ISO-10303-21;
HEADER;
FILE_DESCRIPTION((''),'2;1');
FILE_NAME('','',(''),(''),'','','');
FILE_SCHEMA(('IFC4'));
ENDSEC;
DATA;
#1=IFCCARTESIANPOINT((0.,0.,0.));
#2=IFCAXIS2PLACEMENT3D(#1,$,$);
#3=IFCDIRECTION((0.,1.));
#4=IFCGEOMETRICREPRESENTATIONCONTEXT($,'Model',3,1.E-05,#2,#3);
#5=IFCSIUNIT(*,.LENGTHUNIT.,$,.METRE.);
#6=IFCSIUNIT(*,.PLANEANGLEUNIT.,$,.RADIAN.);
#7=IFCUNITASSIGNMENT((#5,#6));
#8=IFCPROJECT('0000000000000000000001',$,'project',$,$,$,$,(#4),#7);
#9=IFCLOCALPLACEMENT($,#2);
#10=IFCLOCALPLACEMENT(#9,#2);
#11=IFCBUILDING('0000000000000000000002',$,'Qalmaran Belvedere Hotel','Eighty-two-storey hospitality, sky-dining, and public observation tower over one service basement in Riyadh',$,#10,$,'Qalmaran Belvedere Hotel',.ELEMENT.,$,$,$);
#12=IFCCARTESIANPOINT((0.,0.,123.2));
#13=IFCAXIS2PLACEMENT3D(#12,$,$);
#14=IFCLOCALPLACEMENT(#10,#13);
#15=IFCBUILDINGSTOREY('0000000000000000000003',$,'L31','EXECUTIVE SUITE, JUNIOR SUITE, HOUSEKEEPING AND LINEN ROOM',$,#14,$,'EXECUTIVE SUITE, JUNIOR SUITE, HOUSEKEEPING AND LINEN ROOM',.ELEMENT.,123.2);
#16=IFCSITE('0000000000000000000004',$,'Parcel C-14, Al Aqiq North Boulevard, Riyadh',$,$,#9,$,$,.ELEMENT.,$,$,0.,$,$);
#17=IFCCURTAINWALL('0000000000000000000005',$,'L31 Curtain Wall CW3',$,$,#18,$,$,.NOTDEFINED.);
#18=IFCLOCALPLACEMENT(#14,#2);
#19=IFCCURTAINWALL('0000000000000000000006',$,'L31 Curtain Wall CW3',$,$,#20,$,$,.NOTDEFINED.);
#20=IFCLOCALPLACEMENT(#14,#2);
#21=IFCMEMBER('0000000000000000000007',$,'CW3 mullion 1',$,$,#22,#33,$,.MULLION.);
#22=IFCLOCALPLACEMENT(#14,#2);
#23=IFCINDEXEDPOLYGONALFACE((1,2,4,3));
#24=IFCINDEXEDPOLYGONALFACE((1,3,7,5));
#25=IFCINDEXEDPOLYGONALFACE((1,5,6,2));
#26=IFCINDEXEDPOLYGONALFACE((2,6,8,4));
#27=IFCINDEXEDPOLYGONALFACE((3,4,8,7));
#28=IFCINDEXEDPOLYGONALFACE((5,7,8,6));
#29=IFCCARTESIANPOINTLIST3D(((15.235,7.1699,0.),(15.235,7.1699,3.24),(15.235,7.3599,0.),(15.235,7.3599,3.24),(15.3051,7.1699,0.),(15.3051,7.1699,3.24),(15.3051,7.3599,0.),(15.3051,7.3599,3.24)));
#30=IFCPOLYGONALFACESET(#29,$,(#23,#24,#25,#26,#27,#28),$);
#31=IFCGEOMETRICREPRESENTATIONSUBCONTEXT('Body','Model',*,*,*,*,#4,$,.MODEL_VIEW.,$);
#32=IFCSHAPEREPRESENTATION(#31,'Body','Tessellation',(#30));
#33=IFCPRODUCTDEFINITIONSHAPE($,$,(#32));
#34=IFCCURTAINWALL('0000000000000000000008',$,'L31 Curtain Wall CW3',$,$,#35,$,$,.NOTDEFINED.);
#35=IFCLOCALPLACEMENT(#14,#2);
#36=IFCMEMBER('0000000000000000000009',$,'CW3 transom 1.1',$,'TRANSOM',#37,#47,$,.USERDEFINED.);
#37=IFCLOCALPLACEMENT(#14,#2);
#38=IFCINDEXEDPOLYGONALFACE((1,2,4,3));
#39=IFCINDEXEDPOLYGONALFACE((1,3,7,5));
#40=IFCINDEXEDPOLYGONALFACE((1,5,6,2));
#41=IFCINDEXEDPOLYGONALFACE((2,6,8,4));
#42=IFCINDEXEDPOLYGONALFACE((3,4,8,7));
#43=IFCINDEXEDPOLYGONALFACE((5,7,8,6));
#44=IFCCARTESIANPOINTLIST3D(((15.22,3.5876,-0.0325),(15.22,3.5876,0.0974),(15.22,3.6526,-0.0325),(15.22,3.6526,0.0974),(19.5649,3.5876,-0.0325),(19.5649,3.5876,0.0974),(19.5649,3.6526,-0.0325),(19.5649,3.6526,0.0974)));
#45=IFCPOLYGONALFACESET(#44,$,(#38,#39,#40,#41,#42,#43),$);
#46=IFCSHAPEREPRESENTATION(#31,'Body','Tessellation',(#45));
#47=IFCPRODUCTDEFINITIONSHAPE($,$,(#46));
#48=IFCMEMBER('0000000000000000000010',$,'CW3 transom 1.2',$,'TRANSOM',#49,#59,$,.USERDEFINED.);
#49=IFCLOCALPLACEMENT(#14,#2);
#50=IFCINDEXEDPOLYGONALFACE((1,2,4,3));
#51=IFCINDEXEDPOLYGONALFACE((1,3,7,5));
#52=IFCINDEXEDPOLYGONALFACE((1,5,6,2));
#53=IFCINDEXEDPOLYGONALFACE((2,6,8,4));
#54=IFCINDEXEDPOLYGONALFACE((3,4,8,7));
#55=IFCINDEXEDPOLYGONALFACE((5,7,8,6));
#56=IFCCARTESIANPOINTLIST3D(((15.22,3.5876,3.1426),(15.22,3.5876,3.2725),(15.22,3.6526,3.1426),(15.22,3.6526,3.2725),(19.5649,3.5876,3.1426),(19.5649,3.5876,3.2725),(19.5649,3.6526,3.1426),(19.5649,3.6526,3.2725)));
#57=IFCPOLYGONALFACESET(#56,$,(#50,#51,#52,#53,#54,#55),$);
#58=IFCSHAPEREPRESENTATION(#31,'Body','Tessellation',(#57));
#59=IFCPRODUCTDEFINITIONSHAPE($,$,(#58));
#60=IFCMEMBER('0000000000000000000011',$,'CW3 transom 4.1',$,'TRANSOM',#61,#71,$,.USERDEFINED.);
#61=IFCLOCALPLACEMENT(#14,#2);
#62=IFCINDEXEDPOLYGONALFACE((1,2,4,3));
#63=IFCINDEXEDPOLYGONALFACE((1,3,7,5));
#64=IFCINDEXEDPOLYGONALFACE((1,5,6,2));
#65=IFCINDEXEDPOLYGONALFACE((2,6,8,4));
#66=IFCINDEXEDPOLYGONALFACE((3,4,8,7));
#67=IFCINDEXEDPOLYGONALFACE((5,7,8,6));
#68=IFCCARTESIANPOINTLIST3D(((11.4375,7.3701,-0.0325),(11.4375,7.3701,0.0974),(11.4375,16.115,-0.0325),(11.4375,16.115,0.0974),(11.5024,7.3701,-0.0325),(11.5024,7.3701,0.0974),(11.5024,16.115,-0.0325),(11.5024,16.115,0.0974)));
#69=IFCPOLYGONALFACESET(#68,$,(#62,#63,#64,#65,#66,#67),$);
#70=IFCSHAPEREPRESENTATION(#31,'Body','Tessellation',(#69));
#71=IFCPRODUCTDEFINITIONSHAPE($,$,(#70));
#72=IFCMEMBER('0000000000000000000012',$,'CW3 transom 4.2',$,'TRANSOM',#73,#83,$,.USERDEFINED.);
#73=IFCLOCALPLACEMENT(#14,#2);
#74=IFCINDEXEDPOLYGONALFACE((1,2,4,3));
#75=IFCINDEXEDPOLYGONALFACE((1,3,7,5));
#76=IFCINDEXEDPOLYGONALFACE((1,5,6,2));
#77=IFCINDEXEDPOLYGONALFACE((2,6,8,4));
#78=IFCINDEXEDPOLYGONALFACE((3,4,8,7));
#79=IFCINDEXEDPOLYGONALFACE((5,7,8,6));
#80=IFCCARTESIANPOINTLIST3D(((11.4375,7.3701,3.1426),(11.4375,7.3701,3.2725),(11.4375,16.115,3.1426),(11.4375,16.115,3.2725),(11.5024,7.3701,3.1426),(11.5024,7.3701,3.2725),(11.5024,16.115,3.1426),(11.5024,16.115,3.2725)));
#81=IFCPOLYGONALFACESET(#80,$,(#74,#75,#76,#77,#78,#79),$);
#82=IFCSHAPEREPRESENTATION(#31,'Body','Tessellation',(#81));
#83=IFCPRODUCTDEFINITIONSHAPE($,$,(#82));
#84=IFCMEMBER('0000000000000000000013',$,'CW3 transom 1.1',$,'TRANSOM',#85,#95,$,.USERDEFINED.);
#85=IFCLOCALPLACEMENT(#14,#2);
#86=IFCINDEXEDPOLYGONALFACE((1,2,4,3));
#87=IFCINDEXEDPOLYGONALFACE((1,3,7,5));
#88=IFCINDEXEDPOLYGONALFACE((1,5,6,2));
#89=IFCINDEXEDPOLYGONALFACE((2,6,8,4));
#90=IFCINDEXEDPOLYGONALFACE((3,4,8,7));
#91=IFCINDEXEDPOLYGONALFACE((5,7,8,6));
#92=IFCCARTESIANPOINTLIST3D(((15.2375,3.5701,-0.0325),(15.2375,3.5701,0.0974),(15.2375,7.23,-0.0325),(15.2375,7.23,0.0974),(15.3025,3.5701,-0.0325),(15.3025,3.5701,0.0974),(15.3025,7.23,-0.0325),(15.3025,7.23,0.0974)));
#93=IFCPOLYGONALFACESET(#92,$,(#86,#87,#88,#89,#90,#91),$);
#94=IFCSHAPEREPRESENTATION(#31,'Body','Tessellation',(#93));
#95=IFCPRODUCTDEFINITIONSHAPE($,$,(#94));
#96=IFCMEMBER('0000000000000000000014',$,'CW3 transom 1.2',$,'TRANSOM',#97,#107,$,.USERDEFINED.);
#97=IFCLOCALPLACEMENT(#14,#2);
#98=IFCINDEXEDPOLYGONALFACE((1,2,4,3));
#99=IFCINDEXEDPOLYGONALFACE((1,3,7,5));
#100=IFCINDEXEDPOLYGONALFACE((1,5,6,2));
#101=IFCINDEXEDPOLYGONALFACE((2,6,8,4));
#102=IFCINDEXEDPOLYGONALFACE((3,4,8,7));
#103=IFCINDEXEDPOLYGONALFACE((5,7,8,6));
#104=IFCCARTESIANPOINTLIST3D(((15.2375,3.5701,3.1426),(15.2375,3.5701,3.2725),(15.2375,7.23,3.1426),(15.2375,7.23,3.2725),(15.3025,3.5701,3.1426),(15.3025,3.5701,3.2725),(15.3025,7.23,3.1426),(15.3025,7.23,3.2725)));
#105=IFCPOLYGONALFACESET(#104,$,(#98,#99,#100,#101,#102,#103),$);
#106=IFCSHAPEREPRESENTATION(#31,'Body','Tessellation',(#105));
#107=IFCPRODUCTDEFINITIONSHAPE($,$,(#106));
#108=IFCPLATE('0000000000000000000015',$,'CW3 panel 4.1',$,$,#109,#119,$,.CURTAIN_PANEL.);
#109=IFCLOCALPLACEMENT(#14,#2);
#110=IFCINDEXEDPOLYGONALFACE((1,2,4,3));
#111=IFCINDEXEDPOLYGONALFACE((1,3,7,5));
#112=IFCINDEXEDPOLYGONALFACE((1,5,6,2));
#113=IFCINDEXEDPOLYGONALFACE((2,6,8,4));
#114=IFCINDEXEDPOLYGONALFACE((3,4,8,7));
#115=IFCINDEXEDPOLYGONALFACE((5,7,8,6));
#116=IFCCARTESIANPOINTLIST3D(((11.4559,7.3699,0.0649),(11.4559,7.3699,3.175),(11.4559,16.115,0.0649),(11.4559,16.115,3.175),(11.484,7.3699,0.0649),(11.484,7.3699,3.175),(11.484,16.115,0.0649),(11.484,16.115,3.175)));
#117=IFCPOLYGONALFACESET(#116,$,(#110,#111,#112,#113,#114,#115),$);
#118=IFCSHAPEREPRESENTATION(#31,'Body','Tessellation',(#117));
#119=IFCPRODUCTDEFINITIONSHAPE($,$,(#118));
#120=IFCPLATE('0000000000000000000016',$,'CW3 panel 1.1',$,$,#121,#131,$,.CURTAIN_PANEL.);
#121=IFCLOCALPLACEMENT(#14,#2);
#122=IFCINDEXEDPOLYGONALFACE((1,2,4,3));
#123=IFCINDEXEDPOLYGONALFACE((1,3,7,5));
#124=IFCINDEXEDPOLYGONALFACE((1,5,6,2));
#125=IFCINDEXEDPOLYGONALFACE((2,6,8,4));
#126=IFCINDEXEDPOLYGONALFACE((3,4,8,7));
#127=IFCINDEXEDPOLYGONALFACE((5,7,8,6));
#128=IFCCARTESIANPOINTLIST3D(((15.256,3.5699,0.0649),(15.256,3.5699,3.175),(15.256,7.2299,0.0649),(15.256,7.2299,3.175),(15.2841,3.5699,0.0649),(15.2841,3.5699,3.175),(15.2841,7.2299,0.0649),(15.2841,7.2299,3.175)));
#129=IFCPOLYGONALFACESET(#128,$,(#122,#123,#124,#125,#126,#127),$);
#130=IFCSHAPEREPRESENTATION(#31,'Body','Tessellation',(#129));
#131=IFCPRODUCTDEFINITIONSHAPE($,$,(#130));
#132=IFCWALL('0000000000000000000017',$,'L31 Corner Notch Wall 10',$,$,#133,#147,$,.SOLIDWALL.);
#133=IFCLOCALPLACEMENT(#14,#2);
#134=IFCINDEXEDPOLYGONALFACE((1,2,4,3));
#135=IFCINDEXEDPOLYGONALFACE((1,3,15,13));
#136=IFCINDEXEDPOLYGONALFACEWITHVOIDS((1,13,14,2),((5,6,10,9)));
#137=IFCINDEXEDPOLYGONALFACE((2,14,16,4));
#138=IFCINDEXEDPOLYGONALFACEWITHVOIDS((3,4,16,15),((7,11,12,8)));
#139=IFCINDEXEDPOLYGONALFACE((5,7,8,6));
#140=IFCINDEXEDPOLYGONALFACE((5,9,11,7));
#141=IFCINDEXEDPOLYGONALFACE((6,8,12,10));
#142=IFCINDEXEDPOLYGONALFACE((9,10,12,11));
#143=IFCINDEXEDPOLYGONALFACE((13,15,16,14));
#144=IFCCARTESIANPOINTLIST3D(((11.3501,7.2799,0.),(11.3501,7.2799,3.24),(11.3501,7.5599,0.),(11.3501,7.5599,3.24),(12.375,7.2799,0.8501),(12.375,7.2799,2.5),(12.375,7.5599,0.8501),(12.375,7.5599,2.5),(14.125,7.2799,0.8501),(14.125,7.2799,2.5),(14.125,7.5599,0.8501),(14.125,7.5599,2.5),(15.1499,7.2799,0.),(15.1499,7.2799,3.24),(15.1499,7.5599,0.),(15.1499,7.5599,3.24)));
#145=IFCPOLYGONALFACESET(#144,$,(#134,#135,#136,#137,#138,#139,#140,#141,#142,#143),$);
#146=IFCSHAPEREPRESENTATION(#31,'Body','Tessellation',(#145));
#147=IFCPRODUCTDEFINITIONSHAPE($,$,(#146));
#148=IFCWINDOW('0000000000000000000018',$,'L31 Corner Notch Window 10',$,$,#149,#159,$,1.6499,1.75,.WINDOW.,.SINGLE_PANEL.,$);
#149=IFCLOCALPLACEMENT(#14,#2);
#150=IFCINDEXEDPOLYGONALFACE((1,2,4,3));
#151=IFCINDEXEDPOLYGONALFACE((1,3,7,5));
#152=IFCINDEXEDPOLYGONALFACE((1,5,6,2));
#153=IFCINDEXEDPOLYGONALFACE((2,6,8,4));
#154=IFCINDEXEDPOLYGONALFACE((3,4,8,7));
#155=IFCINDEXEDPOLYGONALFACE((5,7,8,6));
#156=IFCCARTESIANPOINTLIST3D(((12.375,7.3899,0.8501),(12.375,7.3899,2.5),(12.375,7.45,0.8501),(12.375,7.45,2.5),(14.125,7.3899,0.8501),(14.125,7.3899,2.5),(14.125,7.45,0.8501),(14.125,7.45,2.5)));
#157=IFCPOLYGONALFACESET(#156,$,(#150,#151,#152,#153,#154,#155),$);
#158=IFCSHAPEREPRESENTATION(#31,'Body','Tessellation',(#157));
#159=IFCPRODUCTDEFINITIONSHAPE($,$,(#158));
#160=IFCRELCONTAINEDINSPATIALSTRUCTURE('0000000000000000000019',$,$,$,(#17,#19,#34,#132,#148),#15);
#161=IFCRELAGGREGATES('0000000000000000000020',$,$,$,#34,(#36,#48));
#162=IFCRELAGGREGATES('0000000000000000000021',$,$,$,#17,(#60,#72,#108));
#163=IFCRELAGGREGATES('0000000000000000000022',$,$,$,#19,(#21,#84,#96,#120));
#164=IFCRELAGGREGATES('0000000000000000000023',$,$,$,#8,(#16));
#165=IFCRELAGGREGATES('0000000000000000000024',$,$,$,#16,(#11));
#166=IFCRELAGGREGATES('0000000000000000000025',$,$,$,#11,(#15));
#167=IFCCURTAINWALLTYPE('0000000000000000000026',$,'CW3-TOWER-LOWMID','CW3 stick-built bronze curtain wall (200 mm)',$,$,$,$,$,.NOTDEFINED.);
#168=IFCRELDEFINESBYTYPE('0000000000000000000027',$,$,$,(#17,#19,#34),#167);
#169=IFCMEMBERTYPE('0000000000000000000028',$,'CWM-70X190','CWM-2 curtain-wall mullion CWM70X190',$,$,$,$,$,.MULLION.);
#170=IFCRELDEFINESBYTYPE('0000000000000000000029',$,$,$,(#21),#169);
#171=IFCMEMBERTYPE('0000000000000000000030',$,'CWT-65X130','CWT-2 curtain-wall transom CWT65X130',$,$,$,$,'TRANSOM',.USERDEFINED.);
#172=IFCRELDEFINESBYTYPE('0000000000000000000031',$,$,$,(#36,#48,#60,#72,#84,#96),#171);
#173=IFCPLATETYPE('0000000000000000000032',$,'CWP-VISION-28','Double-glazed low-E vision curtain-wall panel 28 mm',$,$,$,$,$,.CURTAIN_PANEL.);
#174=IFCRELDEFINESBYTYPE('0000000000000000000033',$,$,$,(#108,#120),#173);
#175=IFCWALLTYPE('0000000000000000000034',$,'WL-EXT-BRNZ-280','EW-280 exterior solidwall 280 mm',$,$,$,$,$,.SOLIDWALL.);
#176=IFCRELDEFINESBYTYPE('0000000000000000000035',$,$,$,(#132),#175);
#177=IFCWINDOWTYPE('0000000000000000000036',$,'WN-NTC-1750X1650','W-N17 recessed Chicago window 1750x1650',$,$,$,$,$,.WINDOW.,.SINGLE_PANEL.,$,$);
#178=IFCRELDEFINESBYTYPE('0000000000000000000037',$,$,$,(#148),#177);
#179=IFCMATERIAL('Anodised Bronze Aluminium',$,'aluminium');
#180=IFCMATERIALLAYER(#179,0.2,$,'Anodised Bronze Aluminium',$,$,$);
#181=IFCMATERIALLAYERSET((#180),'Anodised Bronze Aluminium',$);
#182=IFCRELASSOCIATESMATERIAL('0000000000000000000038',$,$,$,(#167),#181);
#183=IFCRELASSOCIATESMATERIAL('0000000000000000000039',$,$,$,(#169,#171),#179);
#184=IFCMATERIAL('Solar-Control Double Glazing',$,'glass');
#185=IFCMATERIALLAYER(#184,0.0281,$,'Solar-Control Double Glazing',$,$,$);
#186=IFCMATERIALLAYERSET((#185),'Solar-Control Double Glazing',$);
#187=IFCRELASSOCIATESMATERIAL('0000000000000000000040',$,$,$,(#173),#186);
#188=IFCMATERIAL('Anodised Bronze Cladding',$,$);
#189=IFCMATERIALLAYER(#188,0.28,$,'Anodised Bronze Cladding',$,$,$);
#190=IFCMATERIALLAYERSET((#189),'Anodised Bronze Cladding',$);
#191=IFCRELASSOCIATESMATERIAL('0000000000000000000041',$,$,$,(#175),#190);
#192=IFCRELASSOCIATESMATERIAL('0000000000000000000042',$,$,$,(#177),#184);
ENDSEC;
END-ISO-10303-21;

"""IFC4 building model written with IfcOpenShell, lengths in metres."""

from ifc_helpers import new_model, si_unit, direction, frame, frame_2d, origin, origin_2d, place, context, subcontext, project, spatial, rectangle, extrude, material, layer, layer_set, material_profile, profile_set, type_object, element, fill, aggregate, save


model = new_model("IFC4")

# Units and contexts
model_context = context("Model", 3, precision=1e-05, world=origin(), true_north=direction((0.0, 1.0)))
body_context = subcontext(model_context, "Body", "Model", "MODEL_VIEW")
ifc_project = project(units=[si_unit("LENGTHUNIT", "METRE"), si_unit("PLANEANGLEUNIT", "RADIAN")], contexts=[model_context])

# Site, building, storey
site_placement = place(None, origin())
site = spatial("IfcSite", under=ifc_project, at=site_placement, Name="Parcel C-14, Al Aqiq North Boulevard, Riyadh", CompositionType="ELEMENT", RefElevation=0.0)
building_placement = place(site_placement, origin())
building = spatial("IfcBuilding", under=site, at=building_placement, Name="Qalmaran Belvedere Hotel", Description="Eighty-two-storey hospitality, sky-dining, and public observation tower over one service basement in Riyadh", LongName="Qalmaran Belvedere Hotel", CompositionType="ELEMENT")
storey_placement = place(building_placement, frame((0.0, 0.0, 123.2)))
storey = spatial("IfcBuildingStorey", under=building, at=storey_placement, Name="L31", Description="EXECUTIVE SUITE, JUNIOR SUITE, HOUSEKEEPING AND LINEN ROOM", LongName="EXECUTIVE SUITE, JUNIOR SUITE, HOUSEKEEPING AND LINEN ROOM", CompositionType="ELEMENT", Elevation=123.2)

# Curtain wall
ifc_material_1 = material(Name="Anodised Bronze Aluminium", Category="aluminium")
ifc_layer_1 = layer(ifc_material_1, 0.2, Name="Anodised Bronze Aluminium")
ifc_layer_set_1 = layer_set([ifc_layer_1], Name="Anodised Bronze Aluminium")
curtain_wall_type = type_object("IfcCurtainWallType", Name="CW3-TOWER-LOWMID", Description="CW3 stick-built bronze curtain wall (200 mm)", PredefinedType="NOTDEFINED", material=ifc_layer_set_1)
curtain_wall_1_placement = place(storey_placement, origin())
curtain_wall_1 = element("IfcCurtainWall", 1, at=curtain_wall_1_placement, inside=storey, type_object=curtain_wall_type, Name="L31 Curtain Wall CW3", PredefinedType="NOTDEFINED")
ifc_material_profile_1 = material_profile(ifc_material_1, rectangle(XDim=0.0701, YDim=0.1899, at=origin_2d()), Name="CWM70X190")
ifc_profile_set_1 = profile_set([ifc_material_profile_1], Name="Anodised Bronze Aluminium")
member_type_1 = type_object("IfcMemberType", Name="CWM-70X190", Description="CWM-2 curtain-wall mullion CWM70X190", PredefinedType="MULLION", material=ifc_profile_set_1)

# Curtain wall, member
curtain_wall_2_placement = place(storey_placement, origin())
curtain_wall_2 = element("IfcCurtainWall", 2, at=curtain_wall_2_placement, inside=storey, type_object=curtain_wall_type, Name="L31 Curtain Wall CW3", PredefinedType="NOTDEFINED")
member_1_placement = place(storey_placement, frame((15.27, 7.2649, 0.0), z_axis=(0.0, 0.0, 1.0), x_axis=(1.0, 0.0, 0.0)))
member_1 = element("IfcMember", 3, at=member_1_placement, type_object=member_type_1, Name="CW3 mullion 1", PredefinedType="MULLION", context=body_context, shape_type="SweptSolid", body=[
    extrude(rectangle(XDim=0.0701, YDim=0.1899, at=origin_2d()), origin(), (0.0, 0.0, 1.0), 3.24),
])

# Curtain wall, members
curtain_wall_3_placement = place(storey_placement, origin())
curtain_wall_3 = element("IfcCurtainWall", 4, at=curtain_wall_3_placement, inside=storey, type_object=curtain_wall_type, Name="L31 Curtain Wall CW3", PredefinedType="NOTDEFINED")
ifc_material_profile_2 = material_profile(ifc_material_1, rectangle(XDim=0.0649, YDim=0.1299, at=origin_2d()), Name="CWT65X130")
ifc_profile_set_2 = profile_set([ifc_material_profile_2], Name="Anodised Bronze Aluminium")
member_type_2 = type_object("IfcMemberType", Name="CWT-65X130", Description="CWT-2 curtain-wall transom CWT65X130", ElementType="TRANSOM", PredefinedType="USERDEFINED", material=ifc_profile_set_2)
member_2_placement = place(storey_placement, frame((15.22, 3.6201, 0.0325), z_axis=(1.0, 0.0, 0.0), x_axis=(0.0, 1.0, 0.0)))
member_2 = element("IfcMember", 5, at=member_2_placement, type_object=member_type_2, Name="CW3 transom 1.1", ObjectType="TRANSOM", PredefinedType="USERDEFINED", context=body_context, shape_type="SweptSolid", body=[
    extrude(rectangle(XDim=0.0649, YDim=0.1299, at=origin_2d()), origin(), (0.0, 0.0, 1.0), 4.345),
])
member_3_placement = place(storey_placement, frame((15.22, 3.6201, 3.2075), z_axis=(1.0, 0.0, 0.0), x_axis=(0.0, 1.0, 0.0)))
member_3 = element("IfcMember", 6, at=member_3_placement, type_object=member_type_2, Name="CW3 transom 1.2", ObjectType="TRANSOM", PredefinedType="USERDEFINED", context=body_context, shape_type="SweptSolid", body=[
    extrude(rectangle(XDim=0.0649, YDim=0.1299, at=origin_2d()), origin(), (0.0, 0.0, 1.0), 4.345),
])
aggregate(curtain_wall_3, [member_2, member_3])

# Members
member_4_placement = place(storey_placement, frame((11.47, 16.115, 0.0325), z_axis=(0.0, -1.0, 0.0), x_axis=(1.0, 0.0, 0.0)))
member_4 = element("IfcMember", 7, at=member_4_placement, type_object=member_type_2, Name="CW3 transom 4.1", ObjectType="TRANSOM", PredefinedType="USERDEFINED", context=body_context, shape_type="SweptSolid", body=[
    extrude(rectangle(XDim=0.0649, YDim=0.1299, at=origin_2d()), origin(), (0.0, 0.0, 1.0), 8.7449),
])
member_5_placement = place(storey_placement, frame((11.47, 16.115, 3.2075), z_axis=(0.0, -1.0, 0.0), x_axis=(1.0, 0.0, 0.0)))
member_5 = element("IfcMember", 8, at=member_5_placement, type_object=member_type_2, Name="CW3 transom 4.2", ObjectType="TRANSOM", PredefinedType="USERDEFINED", context=body_context, shape_type="SweptSolid", body=[
    extrude(rectangle(XDim=0.0649, YDim=0.1299, at=origin_2d()), origin(), (0.0, 0.0, 1.0), 8.7449),
])
member_6_placement = place(storey_placement, frame((15.27, 7.23, 0.0325), z_axis=(0.0, -1.0, 0.0), x_axis=(1.0, 0.0, 0.0)))
member_6 = element("IfcMember", 9, at=member_6_placement, type_object=member_type_2, Name="CW3 transom 1.1", ObjectType="TRANSOM", PredefinedType="USERDEFINED", context=body_context, shape_type="SweptSolid", body=[
    extrude(rectangle(XDim=0.0649, YDim=0.1299, at=origin_2d()), origin(), (0.0, 0.0, 1.0), 3.6599),
])
member_7_placement = place(storey_placement, frame((15.27, 7.23, 3.2075), z_axis=(0.0, -1.0, 0.0), x_axis=(1.0, 0.0, 0.0)))
member_7 = element("IfcMember", 10, at=member_7_placement, type_object=member_type_2, Name="CW3 transom 1.2", ObjectType="TRANSOM", PredefinedType="USERDEFINED", context=body_context, shape_type="SweptSolid", body=[
    extrude(rectangle(XDim=0.0649, YDim=0.1299, at=origin_2d()), origin(), (0.0, 0.0, 1.0), 3.6599),
])

# Plates
ifc_material_2 = material(Name="Solar-Control Double Glazing", Category="glass")
ifc_layer_2 = layer(ifc_material_2, 0.0281, Name="Solar-Control Double Glazing")
ifc_layer_set_2 = layer_set([ifc_layer_2], Name="Solar-Control Double Glazing")
plate_type = type_object("IfcPlateType", Name="CWP-VISION-28", Description="Double-glazed low-E vision curtain-wall panel 28 mm", PredefinedType="CURTAIN_PANEL", material=ifc_layer_set_2)
plate_1_placement = place(storey_placement, frame((11.47, 11.7424, 0.0649), z_axis=(0.0, 0.0, 1.0), x_axis=(0.0, -1.0, 0.0)))
plate_1 = element("IfcPlate", 11, at=plate_1_placement, type_object=plate_type, Name="CW3 panel 4.1", PredefinedType="CURTAIN_PANEL", context=body_context, shape_type="SweptSolid", body=[
    extrude(rectangle(XDim=8.7451, YDim=0.0281, at=origin_2d()), origin(), (0.0, 0.0, 1.0), 3.1101),
])
aggregate(curtain_wall_1, [member_4, member_5, plate_1])
plate_2_placement = place(storey_placement, frame((15.27, 5.3999, 0.0649), z_axis=(0.0, 0.0, 1.0), x_axis=(0.0, -1.0, 0.0)))
plate_2 = element("IfcPlate", 12, at=plate_2_placement, type_object=plate_type, Name="CW3 panel 1.1", PredefinedType="CURTAIN_PANEL", context=body_context, shape_type="SweptSolid", body=[
    extrude(rectangle(XDim=3.6599, YDim=0.0281, at=origin_2d()), origin(), (0.0, 0.0, 1.0), 3.1101),
])
aggregate(curtain_wall_2, [member_1, member_6, member_7, plate_2])

# Wall, opening, window
ifc_material_3 = material(Name="Anodised Bronze Cladding")
ifc_layer_3 = layer(ifc_material_3, 0.28, Name="Anodised Bronze Cladding")
ifc_layer_set_3 = layer_set([ifc_layer_3], Name="Anodised Bronze Cladding")
wall_type_1 = type_object("IfcWallType", Name="WL-EXT-BRNZ-280", Description="EW-280 exterior solidwall 280 mm", PredefinedType="SOLIDWALL", material=ifc_layer_set_3)
wall_1_placement = place(storey_placement, frame((11.3501, 7.4199, 0.0), z_axis=(0.0, 0.0, 1.0), x_axis=(1.0, 0.0, 0.0)))
wall_1 = element("IfcWall", 13, at=wall_1_placement, inside=storey, type_object=wall_type_1, Name="L31 Corner Notch Wall 10", PredefinedType="SOLIDWALL", context=body_context, shape_type="SweptSolid", body=[
    extrude(rectangle(XDim=3.7998, YDim=0.28, at=frame_2d((1.8999, 0.0))), origin(), (0.0, 0.0, 1.0), 3.24),
])
opening_1_placement = place(wall_1_placement, frame((1.0249, 0.0, 0.8501)))
opening_1 = element("IfcOpeningElement", 14, at=opening_1_placement, cuts=wall_1, PredefinedType="OPENING", context=body_context, shape_type="SweptSolid", body=[
    extrude(rectangle(XDim=1.75, YDim=1.6499, at=frame_2d((0.875, 0.825))), frame((0.0, 0.1499, 0.0), z_axis=(0.0, -1.0, 0.0), x_axis=(1.0, 0.0, 0.0)), (0.0, 0.0, 1.0), 0.3),
])
window_type = type_object("IfcWindowType", Name="WN-NTC-1750X1650", Description="W-N17 recessed Chicago window 1750x1650", PartitioningType="SINGLE_PANEL", PredefinedType="WINDOW", material=ifc_material_2)
window_placement = place(opening_1_placement, origin())
window = element("IfcWindow", 15, at=window_placement, inside=storey, type_object=window_type, Name="L31 Corner Notch Window 10", OverallHeight=1.6499, OverallWidth=1.75, PartitioningType="SINGLE_PANEL", PredefinedType="WINDOW", context=body_context, shape_type="SweptSolid", body=[
    extrude(rectangle(XDim=1.75, YDim=1.6499, at=frame_2d((0.875, 0.825))), frame((0.0, 0.03, 0.0), z_axis=(0.0, -1.0, 0.0), x_axis=(1.0, 0.0, 0.0)), (0.0, 0.0, 1.0), 0.0601),
])
fill(opening_1, window)

save(model, "model.ifc")
